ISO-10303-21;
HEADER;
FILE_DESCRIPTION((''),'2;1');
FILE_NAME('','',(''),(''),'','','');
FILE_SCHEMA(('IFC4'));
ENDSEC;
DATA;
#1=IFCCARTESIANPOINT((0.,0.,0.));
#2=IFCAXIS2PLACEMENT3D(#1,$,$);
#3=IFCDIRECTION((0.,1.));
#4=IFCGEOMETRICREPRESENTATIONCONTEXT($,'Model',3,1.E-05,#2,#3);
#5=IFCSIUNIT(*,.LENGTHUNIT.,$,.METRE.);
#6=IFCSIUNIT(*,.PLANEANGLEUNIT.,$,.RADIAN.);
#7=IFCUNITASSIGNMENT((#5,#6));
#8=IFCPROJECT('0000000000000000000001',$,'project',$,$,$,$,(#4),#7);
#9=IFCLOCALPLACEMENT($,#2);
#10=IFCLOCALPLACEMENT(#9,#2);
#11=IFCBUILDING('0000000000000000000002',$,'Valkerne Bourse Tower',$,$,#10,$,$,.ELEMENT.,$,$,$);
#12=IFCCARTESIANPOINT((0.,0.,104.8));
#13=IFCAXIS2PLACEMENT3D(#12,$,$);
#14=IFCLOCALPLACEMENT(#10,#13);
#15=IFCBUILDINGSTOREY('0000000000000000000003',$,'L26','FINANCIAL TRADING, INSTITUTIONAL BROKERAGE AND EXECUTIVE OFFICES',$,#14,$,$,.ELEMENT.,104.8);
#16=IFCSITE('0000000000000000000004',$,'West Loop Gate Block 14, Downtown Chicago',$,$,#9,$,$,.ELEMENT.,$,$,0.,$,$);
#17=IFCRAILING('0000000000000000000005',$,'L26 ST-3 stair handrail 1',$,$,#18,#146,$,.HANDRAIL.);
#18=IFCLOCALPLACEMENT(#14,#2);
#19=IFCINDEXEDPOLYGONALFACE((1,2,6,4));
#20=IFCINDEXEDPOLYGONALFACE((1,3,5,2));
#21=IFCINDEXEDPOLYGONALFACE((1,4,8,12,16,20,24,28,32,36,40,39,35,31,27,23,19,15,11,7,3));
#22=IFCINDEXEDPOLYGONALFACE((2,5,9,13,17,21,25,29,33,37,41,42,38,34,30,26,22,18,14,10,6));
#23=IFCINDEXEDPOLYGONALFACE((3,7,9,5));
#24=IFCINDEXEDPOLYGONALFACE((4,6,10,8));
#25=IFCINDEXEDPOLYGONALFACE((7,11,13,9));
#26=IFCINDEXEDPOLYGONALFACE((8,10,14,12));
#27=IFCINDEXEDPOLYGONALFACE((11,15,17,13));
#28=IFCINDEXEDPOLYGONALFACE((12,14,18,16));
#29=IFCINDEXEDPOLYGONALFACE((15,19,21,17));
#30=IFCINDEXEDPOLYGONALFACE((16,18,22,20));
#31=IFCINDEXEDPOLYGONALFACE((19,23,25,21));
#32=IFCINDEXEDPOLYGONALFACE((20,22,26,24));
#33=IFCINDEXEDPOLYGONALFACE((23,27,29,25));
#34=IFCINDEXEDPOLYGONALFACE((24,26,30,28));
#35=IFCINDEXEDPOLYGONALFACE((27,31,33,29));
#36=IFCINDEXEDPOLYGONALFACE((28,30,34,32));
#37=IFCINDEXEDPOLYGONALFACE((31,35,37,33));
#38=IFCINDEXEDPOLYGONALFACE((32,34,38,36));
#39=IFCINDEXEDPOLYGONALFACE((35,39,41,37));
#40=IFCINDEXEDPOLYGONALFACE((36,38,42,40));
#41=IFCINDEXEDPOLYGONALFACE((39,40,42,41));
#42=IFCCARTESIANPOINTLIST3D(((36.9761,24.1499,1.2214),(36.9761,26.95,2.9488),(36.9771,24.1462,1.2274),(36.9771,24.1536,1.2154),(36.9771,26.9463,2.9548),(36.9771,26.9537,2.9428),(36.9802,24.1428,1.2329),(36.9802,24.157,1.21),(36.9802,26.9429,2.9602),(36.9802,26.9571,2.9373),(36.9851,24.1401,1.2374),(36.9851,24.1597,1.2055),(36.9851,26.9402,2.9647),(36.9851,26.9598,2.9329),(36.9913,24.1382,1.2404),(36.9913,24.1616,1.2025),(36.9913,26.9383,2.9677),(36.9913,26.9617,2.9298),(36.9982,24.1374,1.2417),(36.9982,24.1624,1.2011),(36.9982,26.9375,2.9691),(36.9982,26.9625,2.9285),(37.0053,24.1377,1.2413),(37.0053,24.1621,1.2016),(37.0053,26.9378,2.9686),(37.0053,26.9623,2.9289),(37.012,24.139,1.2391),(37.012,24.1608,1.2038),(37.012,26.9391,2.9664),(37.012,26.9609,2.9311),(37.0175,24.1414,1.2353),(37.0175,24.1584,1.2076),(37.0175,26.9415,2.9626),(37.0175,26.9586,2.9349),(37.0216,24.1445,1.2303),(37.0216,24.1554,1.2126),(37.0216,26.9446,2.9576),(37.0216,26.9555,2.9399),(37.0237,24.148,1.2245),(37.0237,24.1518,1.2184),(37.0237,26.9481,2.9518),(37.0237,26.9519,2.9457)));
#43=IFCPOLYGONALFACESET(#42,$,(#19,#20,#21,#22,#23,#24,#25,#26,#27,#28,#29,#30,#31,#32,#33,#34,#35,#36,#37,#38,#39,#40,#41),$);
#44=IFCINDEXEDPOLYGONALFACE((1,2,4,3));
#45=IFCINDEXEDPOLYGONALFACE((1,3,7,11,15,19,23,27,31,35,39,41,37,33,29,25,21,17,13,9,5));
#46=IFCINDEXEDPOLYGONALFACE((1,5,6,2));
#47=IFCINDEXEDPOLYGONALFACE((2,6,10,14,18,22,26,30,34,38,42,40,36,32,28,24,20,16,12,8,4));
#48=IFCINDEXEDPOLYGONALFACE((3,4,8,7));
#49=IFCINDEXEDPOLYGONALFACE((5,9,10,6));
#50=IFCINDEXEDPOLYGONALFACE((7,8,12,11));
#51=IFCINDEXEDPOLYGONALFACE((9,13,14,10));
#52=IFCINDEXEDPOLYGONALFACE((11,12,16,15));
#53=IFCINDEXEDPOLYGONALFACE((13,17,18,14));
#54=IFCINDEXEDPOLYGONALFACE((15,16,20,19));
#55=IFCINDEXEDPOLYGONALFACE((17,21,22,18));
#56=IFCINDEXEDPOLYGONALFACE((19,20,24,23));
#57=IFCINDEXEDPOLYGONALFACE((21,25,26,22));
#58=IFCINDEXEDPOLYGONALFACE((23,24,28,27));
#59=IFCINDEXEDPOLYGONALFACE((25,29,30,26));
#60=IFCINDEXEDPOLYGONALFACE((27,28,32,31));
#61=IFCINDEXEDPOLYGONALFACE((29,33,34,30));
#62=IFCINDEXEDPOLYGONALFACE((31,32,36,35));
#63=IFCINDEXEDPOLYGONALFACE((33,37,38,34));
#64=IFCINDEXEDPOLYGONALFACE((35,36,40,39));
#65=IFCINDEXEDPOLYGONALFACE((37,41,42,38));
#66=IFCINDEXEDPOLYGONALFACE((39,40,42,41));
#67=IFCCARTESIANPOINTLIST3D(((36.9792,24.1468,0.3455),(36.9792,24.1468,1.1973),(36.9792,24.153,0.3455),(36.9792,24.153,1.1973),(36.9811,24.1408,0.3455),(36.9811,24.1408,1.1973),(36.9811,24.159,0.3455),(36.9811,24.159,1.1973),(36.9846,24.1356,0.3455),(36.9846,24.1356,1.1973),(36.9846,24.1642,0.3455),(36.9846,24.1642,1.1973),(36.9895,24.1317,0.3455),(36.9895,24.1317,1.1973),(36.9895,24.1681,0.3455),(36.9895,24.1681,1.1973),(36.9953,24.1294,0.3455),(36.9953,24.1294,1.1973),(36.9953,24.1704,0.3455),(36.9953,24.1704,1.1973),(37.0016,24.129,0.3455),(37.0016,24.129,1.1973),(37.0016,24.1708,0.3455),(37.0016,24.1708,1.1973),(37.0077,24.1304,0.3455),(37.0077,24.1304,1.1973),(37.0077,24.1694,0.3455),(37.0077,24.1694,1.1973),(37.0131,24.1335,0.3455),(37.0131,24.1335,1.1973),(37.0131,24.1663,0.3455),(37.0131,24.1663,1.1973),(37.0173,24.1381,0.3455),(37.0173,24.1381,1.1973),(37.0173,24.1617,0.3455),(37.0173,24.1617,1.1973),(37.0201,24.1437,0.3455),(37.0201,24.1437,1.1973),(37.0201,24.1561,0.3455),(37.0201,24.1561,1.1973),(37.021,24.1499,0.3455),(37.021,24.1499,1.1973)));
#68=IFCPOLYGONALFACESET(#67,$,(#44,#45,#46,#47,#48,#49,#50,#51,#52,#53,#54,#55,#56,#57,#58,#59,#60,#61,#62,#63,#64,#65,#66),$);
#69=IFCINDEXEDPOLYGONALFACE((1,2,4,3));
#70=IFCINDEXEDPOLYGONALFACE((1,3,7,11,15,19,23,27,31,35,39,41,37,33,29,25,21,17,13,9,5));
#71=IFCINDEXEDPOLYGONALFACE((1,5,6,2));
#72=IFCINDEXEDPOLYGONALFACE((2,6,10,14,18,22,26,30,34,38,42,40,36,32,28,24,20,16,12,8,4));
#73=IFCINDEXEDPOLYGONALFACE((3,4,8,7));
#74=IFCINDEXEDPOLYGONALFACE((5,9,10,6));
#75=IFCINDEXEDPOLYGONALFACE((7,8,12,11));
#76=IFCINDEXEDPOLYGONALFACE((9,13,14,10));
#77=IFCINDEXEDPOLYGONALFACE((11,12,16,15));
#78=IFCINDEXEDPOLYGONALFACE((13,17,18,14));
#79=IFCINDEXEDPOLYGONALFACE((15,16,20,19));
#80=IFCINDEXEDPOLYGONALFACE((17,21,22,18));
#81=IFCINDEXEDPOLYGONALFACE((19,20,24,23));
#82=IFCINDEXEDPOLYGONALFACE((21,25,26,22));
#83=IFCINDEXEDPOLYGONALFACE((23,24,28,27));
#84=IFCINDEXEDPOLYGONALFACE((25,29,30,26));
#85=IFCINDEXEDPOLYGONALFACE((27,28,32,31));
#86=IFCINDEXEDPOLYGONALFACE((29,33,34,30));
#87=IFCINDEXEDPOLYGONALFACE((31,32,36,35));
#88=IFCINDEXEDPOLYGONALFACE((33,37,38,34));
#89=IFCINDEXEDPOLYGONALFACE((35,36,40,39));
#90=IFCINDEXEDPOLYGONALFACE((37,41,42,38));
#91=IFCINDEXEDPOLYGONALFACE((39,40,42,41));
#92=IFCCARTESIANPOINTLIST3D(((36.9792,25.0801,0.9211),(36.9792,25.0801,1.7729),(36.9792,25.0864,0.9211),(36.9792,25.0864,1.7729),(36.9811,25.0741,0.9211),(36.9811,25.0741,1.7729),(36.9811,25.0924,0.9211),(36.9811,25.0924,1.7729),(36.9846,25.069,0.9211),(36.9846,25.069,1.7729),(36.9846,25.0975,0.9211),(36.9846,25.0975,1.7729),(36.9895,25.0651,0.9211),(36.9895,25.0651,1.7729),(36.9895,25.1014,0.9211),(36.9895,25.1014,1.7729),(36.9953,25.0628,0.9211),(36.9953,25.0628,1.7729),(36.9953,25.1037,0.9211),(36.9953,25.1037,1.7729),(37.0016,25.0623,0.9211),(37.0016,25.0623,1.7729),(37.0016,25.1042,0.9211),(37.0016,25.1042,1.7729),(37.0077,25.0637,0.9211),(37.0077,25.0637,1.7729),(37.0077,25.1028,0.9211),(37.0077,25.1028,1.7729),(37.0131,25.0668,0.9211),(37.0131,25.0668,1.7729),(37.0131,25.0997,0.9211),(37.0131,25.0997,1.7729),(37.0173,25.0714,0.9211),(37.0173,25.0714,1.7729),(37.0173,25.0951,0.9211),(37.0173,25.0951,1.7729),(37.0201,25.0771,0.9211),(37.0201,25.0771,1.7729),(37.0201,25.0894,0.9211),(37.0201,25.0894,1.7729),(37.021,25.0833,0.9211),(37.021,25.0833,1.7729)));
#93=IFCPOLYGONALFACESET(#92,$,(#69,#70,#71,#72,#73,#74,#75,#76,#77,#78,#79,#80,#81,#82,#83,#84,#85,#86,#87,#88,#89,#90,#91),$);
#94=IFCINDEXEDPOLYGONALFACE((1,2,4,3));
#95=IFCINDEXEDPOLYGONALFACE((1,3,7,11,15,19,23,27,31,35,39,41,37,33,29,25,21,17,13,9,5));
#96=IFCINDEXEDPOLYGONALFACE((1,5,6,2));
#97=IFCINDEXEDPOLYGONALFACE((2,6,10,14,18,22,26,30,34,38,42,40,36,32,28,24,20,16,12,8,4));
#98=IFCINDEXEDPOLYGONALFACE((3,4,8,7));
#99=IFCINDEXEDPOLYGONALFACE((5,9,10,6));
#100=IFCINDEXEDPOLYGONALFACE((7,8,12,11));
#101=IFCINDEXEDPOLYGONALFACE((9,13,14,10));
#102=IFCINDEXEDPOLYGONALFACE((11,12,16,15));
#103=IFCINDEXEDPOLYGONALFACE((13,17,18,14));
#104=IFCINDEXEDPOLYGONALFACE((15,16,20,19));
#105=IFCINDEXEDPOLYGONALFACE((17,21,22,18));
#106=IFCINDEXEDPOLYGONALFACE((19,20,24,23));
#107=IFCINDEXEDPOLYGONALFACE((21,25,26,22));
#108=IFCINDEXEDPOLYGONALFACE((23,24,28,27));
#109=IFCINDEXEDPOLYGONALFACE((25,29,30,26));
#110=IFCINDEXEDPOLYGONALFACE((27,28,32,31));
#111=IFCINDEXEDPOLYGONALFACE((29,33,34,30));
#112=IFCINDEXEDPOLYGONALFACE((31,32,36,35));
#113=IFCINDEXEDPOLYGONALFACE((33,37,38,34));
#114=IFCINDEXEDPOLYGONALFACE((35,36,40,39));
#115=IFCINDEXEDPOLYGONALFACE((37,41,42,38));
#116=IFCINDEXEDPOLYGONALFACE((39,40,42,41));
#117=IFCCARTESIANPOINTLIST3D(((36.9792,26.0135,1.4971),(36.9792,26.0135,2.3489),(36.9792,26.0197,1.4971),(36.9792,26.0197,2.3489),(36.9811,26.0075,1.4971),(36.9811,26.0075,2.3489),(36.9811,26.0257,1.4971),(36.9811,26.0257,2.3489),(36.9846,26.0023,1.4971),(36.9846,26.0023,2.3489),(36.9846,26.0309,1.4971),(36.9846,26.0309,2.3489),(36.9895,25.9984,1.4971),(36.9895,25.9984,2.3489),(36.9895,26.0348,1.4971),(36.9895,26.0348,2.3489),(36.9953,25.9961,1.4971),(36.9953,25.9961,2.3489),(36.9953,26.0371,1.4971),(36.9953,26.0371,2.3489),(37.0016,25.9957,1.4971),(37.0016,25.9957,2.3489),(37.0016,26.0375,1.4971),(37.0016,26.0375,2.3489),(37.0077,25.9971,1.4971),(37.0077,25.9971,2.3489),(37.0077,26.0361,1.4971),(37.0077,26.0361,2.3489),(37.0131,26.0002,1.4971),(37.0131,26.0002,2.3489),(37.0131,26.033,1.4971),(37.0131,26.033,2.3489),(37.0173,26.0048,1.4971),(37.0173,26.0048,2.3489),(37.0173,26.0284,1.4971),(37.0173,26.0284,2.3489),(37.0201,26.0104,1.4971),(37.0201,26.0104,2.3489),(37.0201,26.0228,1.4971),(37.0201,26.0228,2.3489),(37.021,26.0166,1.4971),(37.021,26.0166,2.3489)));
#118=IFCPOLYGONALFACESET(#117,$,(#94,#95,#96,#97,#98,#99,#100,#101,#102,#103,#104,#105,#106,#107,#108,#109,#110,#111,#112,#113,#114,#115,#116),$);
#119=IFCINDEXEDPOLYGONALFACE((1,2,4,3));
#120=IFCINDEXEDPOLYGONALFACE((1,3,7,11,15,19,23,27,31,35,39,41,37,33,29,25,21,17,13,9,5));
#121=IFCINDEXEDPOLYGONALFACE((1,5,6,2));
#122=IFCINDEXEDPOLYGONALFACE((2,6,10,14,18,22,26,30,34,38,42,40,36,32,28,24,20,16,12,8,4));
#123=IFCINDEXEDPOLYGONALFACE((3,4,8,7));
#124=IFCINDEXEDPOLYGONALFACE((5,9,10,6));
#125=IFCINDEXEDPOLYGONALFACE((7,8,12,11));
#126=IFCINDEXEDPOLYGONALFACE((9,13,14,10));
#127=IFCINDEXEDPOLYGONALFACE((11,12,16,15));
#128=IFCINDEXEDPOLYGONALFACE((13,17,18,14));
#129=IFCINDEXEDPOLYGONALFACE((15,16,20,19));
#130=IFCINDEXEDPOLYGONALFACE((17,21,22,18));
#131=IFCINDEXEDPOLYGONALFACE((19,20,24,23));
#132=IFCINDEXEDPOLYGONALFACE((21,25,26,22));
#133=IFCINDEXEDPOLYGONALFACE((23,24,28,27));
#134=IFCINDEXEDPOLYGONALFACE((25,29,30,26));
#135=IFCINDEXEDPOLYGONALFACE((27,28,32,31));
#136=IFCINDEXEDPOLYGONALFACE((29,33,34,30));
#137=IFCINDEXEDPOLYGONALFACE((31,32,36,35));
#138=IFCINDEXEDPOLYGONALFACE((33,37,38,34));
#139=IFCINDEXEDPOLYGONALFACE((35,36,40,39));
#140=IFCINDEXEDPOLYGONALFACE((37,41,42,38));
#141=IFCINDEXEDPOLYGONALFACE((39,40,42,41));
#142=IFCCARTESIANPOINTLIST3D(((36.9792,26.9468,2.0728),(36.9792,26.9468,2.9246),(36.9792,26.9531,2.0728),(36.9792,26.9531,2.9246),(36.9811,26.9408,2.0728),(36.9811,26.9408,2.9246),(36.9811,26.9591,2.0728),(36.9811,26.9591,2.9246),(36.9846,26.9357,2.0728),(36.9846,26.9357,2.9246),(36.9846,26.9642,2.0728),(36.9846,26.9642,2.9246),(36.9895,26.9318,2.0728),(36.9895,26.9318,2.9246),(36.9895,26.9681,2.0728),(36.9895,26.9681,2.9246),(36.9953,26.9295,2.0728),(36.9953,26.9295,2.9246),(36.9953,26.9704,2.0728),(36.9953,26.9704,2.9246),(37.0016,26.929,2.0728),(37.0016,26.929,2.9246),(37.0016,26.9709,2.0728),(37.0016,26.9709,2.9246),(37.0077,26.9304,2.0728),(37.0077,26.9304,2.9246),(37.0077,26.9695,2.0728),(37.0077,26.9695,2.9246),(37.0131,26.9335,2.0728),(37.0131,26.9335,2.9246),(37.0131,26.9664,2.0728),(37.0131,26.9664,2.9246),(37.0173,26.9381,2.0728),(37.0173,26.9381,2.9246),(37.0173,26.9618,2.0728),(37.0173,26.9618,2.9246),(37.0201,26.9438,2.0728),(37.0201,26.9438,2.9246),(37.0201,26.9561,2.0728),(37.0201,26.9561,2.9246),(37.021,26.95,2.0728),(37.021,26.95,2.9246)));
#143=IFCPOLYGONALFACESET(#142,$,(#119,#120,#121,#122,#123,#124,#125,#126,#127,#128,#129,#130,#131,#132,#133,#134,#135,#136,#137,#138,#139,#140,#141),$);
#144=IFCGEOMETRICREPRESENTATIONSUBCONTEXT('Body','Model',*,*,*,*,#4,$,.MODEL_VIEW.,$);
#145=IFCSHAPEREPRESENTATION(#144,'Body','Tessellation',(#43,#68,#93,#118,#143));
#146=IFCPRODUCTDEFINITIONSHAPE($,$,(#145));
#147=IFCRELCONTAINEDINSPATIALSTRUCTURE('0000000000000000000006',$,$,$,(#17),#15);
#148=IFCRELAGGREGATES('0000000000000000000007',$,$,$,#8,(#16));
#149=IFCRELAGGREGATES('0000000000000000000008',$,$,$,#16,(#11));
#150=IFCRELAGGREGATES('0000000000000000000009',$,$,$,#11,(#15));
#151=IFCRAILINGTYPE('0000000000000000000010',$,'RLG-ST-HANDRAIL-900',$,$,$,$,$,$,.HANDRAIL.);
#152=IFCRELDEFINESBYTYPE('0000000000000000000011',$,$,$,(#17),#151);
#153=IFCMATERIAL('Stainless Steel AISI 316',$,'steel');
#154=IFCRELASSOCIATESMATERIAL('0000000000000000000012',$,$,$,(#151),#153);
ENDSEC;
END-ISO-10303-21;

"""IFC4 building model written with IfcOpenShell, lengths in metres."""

from ifc_helpers import new_model, si_unit, direction, frame, origin, origin_2d, place, context, subcontext, project, spatial, circle, extrude, material, type_object, element, save


model = new_model("IFC4")

# Units and contexts
model_context = context("Model", 3, precision=1e-05, world=origin(), true_north=direction((0.0, 1.0)))
body_context = subcontext(model_context, "Body", "Model", "MODEL_VIEW")
ifc_project = project(units=[si_unit("LENGTHUNIT", "METRE"), si_unit("PLANEANGLEUNIT", "RADIAN")], contexts=[model_context])

# Site, building, storey
site_placement = place(None, origin())
site = spatial("IfcSite", under=ifc_project, at=site_placement, Name="West Loop Gate Block 14, Downtown Chicago", CompositionType="ELEMENT", RefElevation=0.0)
building_placement = place(site_placement, origin())
building = spatial("IfcBuilding", under=site, at=building_placement, Name="Valkerne Bourse Tower", CompositionType="ELEMENT")
storey_placement = place(building_placement, frame((0.0, 0.0, 104.8)))
storey = spatial("IfcBuildingStorey", under=building, at=storey_placement, Name="L26", Description="FINANCIAL TRADING, INSTITUTIONAL BROKERAGE AND EXECUTIVE OFFICES", CompositionType="ELEMENT", Elevation=104.8)

# Railing
ifc_material_1 = material(Name="Stainless Steel AISI 316", Category="steel")
railing_type_1 = type_object("IfcRailingType", Name="RLG-ST-HANDRAIL-900", PredefinedType="HANDRAIL", material=ifc_material_1)
railing_1_placement = place(storey_placement, frame((37.0, 24.1499, 0.3455)))
element("IfcRailing", 1, at=railing_1_placement, inside=storey, type_object=railing_type_1, Name="L26 ST-3 stair handrail 1", PredefinedType="HANDRAIL", context=body_context, shape_type="SweptSolid", body=[
    extrude(circle(Radius=0.0239, at=origin_2d()), frame((0.0, 0.0, 0.876), z_axis=(0.0, 0.85109, 0.52502), x_axis=(-1.0, 0.0, 0.0)), (0.0, 0.0, 1.0), 3.29),
    extrude(circle(Radius=0.021, at=origin_2d()), origin(), (0.0, 0.0, 1.0), 0.8518),
    extrude(circle(Radius=0.021, at=origin_2d()), frame((0.0, 0.9333, 0.5757)), (0.0, 0.0, 1.0), 0.8518),
    extrude(circle(Radius=0.021, at=origin_2d()), frame((0.0, 1.8667, 1.1516)), (0.0, 0.0, 1.0), 0.8518),
    extrude(circle(Radius=0.021, at=origin_2d()), frame((0.0, 2.8, 1.7273)), (0.0, 0.0, 1.0), 0.8518),
])

save(model, "model.ifc")
